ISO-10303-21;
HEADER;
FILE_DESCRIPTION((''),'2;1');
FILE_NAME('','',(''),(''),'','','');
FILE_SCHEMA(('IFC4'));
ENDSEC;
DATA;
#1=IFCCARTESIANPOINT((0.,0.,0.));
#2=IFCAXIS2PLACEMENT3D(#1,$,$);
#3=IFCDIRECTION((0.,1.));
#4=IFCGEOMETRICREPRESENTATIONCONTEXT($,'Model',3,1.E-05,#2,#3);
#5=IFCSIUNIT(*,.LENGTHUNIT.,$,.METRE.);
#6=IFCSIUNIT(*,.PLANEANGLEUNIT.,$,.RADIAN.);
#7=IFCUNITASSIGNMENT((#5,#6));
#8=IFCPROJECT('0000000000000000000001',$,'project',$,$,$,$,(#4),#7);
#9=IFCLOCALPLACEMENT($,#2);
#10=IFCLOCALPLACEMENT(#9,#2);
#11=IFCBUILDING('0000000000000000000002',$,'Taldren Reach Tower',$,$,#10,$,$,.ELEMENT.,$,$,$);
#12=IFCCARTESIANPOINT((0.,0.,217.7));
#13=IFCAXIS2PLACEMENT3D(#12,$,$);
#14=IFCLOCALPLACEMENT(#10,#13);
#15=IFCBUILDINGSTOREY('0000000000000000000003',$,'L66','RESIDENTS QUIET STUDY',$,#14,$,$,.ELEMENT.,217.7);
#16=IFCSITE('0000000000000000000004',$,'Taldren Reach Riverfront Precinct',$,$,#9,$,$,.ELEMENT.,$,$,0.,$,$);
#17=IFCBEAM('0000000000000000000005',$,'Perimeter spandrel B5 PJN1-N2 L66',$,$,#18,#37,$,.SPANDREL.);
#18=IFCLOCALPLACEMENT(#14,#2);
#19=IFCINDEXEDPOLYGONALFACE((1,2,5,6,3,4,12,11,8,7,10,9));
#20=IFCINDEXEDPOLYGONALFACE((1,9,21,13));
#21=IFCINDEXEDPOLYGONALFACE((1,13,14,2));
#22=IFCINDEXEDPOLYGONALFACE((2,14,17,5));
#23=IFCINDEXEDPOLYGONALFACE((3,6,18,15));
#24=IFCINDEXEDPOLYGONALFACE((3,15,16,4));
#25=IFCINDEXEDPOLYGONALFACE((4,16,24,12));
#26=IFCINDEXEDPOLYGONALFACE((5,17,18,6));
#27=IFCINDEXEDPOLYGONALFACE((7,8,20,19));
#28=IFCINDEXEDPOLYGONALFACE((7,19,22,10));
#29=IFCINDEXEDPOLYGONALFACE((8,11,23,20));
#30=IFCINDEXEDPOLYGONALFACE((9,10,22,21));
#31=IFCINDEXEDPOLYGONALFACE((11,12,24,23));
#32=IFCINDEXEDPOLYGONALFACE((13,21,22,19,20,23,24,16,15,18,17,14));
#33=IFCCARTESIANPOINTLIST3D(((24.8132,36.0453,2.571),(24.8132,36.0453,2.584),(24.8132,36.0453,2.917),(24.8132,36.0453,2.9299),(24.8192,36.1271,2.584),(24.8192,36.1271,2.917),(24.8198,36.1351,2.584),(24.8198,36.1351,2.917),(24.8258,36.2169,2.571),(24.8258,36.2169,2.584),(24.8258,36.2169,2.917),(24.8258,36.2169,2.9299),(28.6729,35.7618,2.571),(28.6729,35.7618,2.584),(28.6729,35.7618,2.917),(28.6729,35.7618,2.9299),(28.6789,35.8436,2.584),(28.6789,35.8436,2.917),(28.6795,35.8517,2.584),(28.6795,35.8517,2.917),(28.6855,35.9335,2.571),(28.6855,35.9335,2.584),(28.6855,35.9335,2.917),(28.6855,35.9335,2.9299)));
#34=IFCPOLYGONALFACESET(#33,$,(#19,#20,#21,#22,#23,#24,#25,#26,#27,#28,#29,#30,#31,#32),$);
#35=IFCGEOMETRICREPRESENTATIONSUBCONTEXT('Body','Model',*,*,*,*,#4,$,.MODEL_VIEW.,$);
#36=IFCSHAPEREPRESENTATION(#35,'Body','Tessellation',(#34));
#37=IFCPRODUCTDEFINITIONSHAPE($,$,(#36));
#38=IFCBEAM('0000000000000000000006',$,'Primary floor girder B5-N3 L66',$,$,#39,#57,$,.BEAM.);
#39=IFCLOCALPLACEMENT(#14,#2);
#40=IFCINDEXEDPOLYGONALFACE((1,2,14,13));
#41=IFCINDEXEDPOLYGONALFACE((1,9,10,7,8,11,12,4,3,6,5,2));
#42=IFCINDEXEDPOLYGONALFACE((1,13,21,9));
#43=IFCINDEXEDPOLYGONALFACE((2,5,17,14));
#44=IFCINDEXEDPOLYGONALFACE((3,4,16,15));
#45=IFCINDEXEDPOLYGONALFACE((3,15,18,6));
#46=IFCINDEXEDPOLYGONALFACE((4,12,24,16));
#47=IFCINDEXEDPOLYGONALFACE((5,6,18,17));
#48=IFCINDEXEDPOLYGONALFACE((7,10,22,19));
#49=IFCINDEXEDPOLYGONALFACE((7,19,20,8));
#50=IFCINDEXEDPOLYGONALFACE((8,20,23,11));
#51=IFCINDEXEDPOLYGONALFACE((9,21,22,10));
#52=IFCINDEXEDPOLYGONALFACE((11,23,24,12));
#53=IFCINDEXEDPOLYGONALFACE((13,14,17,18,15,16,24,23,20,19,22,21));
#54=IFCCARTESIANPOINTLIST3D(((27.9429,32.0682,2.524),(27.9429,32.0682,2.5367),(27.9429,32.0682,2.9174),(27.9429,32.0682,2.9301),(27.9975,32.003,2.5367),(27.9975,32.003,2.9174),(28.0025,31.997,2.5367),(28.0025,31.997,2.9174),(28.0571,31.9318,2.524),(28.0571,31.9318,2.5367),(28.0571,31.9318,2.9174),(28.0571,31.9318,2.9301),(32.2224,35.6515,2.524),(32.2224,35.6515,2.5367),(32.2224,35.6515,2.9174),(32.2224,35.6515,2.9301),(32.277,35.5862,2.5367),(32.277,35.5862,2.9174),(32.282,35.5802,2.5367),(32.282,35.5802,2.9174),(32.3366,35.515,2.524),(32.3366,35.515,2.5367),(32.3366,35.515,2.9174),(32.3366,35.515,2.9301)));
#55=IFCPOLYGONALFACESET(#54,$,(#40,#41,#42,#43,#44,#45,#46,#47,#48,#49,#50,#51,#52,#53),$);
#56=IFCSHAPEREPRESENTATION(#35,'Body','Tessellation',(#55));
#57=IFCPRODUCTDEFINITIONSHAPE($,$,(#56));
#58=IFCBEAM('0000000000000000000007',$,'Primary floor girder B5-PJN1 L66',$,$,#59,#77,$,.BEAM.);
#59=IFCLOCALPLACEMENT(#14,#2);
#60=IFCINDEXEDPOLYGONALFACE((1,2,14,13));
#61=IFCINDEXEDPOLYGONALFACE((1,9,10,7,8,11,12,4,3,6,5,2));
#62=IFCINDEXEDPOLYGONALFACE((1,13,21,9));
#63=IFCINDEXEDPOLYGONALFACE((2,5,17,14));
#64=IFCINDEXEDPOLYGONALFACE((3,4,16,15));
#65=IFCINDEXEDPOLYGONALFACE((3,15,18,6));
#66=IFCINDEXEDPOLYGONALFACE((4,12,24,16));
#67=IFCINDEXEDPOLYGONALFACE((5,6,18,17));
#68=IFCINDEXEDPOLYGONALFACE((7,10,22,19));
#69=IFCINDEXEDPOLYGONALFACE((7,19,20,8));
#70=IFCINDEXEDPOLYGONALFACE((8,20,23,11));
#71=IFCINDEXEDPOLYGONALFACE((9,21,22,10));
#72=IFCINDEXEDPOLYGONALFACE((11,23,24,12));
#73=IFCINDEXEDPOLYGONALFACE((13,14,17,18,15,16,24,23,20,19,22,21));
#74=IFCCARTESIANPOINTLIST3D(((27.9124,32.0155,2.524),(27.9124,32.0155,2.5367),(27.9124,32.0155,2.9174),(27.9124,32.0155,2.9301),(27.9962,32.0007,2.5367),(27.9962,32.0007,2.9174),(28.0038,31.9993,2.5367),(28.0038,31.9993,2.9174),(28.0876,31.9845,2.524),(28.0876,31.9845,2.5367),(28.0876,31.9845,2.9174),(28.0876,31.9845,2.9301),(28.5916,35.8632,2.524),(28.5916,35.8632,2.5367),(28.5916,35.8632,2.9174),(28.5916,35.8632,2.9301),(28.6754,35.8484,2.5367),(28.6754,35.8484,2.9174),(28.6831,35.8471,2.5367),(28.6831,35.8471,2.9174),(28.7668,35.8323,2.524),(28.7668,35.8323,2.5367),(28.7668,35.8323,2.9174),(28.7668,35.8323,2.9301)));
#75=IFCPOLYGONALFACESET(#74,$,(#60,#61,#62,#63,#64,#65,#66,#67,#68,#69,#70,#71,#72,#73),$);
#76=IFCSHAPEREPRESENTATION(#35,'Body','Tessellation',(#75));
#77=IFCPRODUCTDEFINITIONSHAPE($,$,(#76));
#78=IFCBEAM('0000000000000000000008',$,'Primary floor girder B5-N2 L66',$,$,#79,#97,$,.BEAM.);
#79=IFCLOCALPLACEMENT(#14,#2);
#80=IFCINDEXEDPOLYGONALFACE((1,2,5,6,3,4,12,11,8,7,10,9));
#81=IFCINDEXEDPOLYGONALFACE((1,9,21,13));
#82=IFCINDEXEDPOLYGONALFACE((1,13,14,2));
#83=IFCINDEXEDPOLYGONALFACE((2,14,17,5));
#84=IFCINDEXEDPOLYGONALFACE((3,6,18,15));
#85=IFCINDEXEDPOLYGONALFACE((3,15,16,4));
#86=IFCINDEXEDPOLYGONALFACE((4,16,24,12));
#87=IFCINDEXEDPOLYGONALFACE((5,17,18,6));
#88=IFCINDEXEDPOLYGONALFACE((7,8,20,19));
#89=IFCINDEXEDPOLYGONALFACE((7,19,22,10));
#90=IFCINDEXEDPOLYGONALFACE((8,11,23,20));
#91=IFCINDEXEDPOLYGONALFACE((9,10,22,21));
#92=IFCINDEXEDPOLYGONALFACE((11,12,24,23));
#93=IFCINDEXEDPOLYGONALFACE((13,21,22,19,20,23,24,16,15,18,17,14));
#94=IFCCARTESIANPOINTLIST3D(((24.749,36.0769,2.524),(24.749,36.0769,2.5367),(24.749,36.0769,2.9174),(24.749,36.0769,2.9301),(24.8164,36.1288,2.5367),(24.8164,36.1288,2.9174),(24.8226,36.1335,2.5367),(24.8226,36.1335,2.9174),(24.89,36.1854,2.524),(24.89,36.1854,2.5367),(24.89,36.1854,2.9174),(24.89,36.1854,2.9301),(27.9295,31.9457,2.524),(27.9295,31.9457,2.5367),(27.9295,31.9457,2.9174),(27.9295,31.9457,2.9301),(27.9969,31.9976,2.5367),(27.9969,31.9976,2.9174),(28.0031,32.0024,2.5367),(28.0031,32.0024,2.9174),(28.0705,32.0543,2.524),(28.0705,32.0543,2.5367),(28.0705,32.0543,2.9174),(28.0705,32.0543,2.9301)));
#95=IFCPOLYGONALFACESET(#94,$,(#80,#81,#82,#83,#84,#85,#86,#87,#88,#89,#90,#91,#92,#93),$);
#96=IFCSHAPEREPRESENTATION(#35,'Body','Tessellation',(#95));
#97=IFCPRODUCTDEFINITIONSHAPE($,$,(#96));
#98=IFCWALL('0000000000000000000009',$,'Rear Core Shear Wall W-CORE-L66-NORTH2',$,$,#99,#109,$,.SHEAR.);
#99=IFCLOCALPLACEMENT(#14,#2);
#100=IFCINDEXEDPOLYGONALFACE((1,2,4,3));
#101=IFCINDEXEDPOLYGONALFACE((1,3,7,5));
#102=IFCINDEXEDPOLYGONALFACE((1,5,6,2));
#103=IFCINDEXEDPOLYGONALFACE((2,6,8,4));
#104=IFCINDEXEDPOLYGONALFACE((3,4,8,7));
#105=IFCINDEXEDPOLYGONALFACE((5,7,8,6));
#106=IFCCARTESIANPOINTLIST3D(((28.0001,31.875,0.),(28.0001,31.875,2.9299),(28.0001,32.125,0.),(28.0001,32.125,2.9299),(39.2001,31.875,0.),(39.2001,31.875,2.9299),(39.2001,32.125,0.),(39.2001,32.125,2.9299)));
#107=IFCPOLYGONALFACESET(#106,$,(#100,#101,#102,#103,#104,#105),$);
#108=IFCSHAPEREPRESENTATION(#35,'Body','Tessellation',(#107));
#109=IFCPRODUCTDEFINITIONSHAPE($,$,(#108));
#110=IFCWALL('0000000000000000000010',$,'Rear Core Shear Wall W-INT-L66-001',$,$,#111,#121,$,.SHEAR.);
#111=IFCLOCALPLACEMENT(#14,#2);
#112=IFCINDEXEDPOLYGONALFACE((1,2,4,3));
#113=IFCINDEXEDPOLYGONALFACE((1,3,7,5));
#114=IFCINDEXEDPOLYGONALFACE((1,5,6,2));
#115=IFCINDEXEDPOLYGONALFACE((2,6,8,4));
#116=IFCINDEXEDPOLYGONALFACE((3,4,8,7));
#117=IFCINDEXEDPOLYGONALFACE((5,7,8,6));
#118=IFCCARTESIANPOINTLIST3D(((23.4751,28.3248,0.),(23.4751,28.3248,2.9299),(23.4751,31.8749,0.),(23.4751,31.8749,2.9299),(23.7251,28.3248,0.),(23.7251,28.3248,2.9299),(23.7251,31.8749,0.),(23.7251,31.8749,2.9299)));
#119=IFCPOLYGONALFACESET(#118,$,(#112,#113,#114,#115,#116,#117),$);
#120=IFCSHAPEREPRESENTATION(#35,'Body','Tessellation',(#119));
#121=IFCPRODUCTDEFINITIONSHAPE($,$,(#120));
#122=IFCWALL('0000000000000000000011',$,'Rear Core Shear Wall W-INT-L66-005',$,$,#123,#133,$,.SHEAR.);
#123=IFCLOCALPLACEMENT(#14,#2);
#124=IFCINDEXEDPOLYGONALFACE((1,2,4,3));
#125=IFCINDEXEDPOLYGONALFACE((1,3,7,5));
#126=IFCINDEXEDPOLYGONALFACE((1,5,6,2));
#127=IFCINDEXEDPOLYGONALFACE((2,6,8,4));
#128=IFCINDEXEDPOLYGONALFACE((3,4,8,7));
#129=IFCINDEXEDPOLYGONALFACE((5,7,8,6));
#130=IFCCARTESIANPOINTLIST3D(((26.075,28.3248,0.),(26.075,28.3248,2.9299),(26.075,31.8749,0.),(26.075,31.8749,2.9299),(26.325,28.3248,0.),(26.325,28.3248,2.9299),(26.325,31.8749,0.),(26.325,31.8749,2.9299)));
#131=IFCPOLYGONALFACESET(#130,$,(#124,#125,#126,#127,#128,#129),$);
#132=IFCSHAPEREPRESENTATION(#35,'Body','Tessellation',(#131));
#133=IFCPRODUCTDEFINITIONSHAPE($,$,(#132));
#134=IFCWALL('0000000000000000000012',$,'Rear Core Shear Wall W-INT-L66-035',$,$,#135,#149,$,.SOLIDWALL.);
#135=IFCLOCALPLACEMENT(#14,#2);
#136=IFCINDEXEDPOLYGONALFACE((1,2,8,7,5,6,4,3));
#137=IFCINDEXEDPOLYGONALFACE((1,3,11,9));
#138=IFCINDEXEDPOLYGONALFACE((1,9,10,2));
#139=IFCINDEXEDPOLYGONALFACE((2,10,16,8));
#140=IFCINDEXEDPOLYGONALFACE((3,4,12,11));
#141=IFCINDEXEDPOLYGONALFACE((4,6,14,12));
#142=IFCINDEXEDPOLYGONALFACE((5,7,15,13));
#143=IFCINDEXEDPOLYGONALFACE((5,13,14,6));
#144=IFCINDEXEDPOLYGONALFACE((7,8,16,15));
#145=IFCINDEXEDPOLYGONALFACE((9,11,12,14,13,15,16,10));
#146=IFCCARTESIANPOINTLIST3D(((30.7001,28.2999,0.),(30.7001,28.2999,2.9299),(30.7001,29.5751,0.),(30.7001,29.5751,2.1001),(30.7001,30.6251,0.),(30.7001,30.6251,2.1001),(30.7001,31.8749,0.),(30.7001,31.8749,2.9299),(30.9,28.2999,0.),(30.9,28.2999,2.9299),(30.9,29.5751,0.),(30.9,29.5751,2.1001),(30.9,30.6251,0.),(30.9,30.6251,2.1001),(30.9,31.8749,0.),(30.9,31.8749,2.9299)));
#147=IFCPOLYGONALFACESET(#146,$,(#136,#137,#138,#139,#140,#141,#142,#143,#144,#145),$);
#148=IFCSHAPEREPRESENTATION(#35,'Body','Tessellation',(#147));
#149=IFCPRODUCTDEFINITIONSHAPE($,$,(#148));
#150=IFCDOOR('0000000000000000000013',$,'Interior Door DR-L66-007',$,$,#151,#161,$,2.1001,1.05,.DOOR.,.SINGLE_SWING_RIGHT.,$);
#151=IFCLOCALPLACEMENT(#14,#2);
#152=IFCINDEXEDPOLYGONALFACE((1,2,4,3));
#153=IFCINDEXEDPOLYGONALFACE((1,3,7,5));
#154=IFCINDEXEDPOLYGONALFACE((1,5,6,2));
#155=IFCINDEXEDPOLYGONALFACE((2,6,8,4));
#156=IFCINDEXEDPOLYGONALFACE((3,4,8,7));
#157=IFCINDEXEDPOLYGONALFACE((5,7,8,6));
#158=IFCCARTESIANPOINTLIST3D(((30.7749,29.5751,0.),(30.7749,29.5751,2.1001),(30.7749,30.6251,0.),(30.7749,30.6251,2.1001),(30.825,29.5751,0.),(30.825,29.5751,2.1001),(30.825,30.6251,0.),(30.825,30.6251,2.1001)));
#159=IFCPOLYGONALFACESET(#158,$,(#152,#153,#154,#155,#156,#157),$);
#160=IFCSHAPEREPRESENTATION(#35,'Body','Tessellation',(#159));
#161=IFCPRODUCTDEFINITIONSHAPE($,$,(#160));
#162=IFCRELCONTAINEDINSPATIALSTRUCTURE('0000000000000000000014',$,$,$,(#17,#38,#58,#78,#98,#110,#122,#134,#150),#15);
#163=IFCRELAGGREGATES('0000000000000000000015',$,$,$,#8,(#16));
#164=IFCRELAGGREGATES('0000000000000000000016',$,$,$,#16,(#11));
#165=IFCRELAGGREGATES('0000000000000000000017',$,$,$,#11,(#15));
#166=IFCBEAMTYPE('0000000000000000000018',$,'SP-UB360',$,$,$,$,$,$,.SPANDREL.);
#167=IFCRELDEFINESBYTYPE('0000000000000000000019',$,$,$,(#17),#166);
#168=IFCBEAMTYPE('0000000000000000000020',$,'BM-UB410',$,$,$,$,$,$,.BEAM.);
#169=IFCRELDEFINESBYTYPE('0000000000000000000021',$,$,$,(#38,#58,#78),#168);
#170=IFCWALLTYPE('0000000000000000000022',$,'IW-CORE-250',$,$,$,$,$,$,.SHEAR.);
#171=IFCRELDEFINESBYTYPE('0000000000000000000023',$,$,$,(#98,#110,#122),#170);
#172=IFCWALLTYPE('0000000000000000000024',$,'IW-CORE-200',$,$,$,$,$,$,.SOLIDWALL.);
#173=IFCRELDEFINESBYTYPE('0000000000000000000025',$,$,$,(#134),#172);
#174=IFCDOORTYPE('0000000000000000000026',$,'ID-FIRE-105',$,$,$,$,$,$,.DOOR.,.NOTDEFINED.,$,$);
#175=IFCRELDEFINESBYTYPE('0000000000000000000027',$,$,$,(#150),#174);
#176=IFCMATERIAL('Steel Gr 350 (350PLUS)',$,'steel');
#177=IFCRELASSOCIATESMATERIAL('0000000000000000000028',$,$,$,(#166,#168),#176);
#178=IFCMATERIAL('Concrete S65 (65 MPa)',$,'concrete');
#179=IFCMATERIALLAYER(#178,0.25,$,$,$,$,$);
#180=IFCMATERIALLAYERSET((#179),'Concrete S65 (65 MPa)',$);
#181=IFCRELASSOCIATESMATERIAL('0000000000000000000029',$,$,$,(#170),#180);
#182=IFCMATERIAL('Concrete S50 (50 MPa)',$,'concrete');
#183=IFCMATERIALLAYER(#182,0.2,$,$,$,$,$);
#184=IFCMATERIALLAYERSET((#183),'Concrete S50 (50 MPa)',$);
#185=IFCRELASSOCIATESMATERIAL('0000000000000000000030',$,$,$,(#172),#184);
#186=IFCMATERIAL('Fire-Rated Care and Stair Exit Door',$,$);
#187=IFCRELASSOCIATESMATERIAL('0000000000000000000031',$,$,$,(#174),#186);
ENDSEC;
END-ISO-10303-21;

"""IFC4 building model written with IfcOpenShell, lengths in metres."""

from ifc_helpers import new_model, si_unit, direction, frame, frame_2d, origin, origin_2d, place, context, subcontext, project, spatial, rectangle, i_section, extrude, source, transform, mapped, material, layer, layer_set, material_profile, profile_set, type_object, element, fill, save


model = new_model("IFC4")

# Units and contexts
model_context = context("Model", 3, precision=1e-05, world=origin(), true_north=direction((0.0, 1.0)))
body_context = subcontext(model_context, "Body", "Model", "MODEL_VIEW")
ifc_project = project(units=[si_unit("LENGTHUNIT", "METRE"), si_unit("PLANEANGLEUNIT", "RADIAN")], contexts=[model_context])

# Site, building, storey
site_placement = place(None, origin())
site = spatial("IfcSite", under=ifc_project, at=site_placement, Name="Taldren Reach Riverfront Precinct", CompositionType="ELEMENT", RefElevation=0.0)
building_placement = place(site_placement, origin())
building = spatial("IfcBuilding", under=site, at=building_placement, Name="Taldren Reach Tower", CompositionType="ELEMENT")
storey_placement = place(building_placement, frame((0.0, 0.0, 217.7)))
storey = spatial("IfcBuildingStorey", under=building, at=storey_placement, Name="L66", Description="RESIDENTS QUIET STUDY", CompositionType="ELEMENT", Elevation=217.7)

# Shared definitions
ifc_material_1 = material(Name="Steel Gr 350 (350PLUS)", Category="steel")

# Beams
ifc_material_profile_1 = material_profile(ifc_material_1, i_section(OverallWidth=0.1721, OverallDepth=0.3589, WebThickness=0.0081, FlangeThickness=0.0129, at=origin_2d()), Name="360UB56.7")
ifc_profile_set_1 = profile_set([ifc_material_profile_1], Name="Steel Gr 350 (350PLUS)")
beam_type_1 = type_object("IfcBeamType", Name="SP-UB360", PredefinedType="SPANDREL", material=ifc_profile_set_1)
shared_shape_1 = source(origin(), body_context, "Body", "SweptSolid", [
    extrude(i_section(OverallWidth=0.1721, OverallDepth=0.3589, WebThickness=0.0081, FlangeThickness=0.0129, at=origin_2d()), origin(), (0.0, 0.0, 1.0), 3.8701),
])
beam_1_placement = place(storey_placement, frame((28.6792, 35.8477, 2.7505), z_axis=(-0.997314, 0.073242, 0.0), x_axis=(-0.073242, -0.997314, 0.0)))
element("IfcBeam", 1, at=beam_1_placement, inside=storey, type_object=beam_type_1, Name="Perimeter spandrel B5 PJN1-N2 L66", PredefinedType="SPANDREL", context=body_context, shape_type="MappedRepresentation", body=[
    mapped(shared_shape_1, transform((0.0, 0.0, 0.0), scale=1.0)),
])
ifc_material_profile_2 = material_profile(ifc_material_1, i_section(OverallWidth=0.178, OverallDepth=0.406, WebThickness=0.0078, FlangeThickness=0.0127, at=origin_2d()), Name="410UB59.7")
ifc_profile_set_2 = profile_set([ifc_material_profile_2], Name="Steel Gr 350 (350PLUS)")
beam_type_2 = type_object("IfcBeamType", Name="BM-UB410", PredefinedType="BEAM", material=ifc_profile_set_2)
shared_shape_2 = source(origin(), body_context, "Body", "SweptSolid", [
    extrude(i_section(OverallWidth=0.178, OverallDepth=0.406, WebThickness=0.0078, FlangeThickness=0.0127, at=origin_2d()), origin(), (0.0, 0.0, 1.0), 5.5815),
])
beam_2_placement = place(storey_placement, frame((28.0, 32.0, 2.7271), z_axis=(0.766724, 0.641977, 0.0), x_axis=(-0.641977, 0.766724, 0.0)))
element("IfcBeam", 2, at=beam_2_placement, inside=storey, type_object=beam_type_2, Name="Primary floor girder B5-N3 L66", PredefinedType="BEAM", context=body_context, shape_type="MappedRepresentation", body=[
    mapped(shared_shape_2, transform((0.0, 0.0, 0.0), scale=1.0)),
])
shared_shape_3 = source(origin(), body_context, "Body", "SweptSolid", [
    extrude(i_section(OverallWidth=0.178, OverallDepth=0.406, WebThickness=0.0078, FlangeThickness=0.0127, at=origin_2d()), origin(), (0.0, 0.0, 1.0), 3.9072),
])
beam_3_placement = place(storey_placement, frame((28.0, 32.0, 2.7271), z_axis=(0.173835, 0.984775, 0.0), x_axis=(-0.984775, 0.173835, 0.0)))
element("IfcBeam", 3, at=beam_3_placement, inside=storey, type_object=beam_type_2, Name="Primary floor girder B5-PJN1 L66", PredefinedType="BEAM", context=body_context, shape_type="MappedRepresentation", body=[
    mapped(shared_shape_3, transform((0.0, 0.0, 0.0), scale=1.0)),
])
shared_shape_4 = source(origin(), body_context, "Body", "SweptSolid", [
    extrude(i_section(OverallWidth=0.178, OverallDepth=0.406, WebThickness=0.0078, FlangeThickness=0.0127, at=origin_2d()), origin(), (0.0, 0.0, 1.0), 5.2136),
])
beam_4_placement = place(storey_placement, frame((28.0, 32.0, 2.7271), z_axis=(-0.61003, 0.792378, 0.0), x_axis=(-0.792378, -0.61003, 0.0)))
element("IfcBeam", 4, at=beam_4_placement, inside=storey, type_object=beam_type_2, Name="Primary floor girder B5-N2 L66", PredefinedType="BEAM", context=body_context, shape_type="MappedRepresentation", body=[
    mapped(shared_shape_4, transform((0.0, 0.0, 0.0), scale=1.0)),
])

# Walls
ifc_material_2 = material(Name="Concrete S65 (65 MPa)", Category="concrete")
ifc_layer_1 = layer(ifc_material_2, 0.25)
ifc_layer_set_1 = layer_set([ifc_layer_1], Name="Concrete S65 (65 MPa)")
wall_type_1 = type_object("IfcWallType", Name="IW-CORE-250", PredefinedType="SHEAR", material=ifc_layer_set_1)
shared_shape_5 = source(origin(), body_context, "Body", "SweptSolid", [
    extrude(rectangle(XDim=11.2, YDim=0.25, at=frame_2d((5.6001, 0.0))), origin(), (0.0, 0.0, 1.0), 2.9299),
])
wall_1_placement = place(storey_placement, frame((28.0, 32.0, 0.0), z_axis=(0.0, 0.0, 1.0), x_axis=(1.0, 0.0, 0.0)))
element("IfcWall", 5, at=wall_1_placement, inside=storey, type_object=wall_type_1, Name="Rear Core Shear Wall W-CORE-L66-NORTH2", PredefinedType="SHEAR", context=body_context, shape_type="MappedRepresentation", body=[
    mapped(shared_shape_5, transform((0.0, 0.0, 0.0), scale=1.0)),
])
shared_shape_6 = source(origin(), body_context, "Body", "SweptSolid", [
    extrude(rectangle(XDim=3.55, YDim=0.25, at=frame_2d((1.7749, 0.0))), origin(), (0.0, 0.0, 1.0), 2.9299),
])
for number, where, z_axis, x_axis, name in (
    (6, (23.6001, 28.325, 0.0), (0.0, 0.0, 1.0), (0.0, 1.0, 0.0), "Rear Core Shear Wall W-INT-L66-001"),
    (7, (26.2, 28.325, 0.0), (0.0, 0.0, 1.0), (0.0, 1.0, 0.0), "Rear Core Shear Wall W-INT-L66-005"),
):
    element("IfcWall", number, at=place(storey_placement, frame(where, z_axis=z_axis, x_axis=x_axis)), inside=storey, type_object=wall_type_1, Name=name, PredefinedType="SHEAR", context=body_context, shape_type="MappedRepresentation", body=[
        mapped(shared_shape_6, transform((0.0, 0.0, 0.0), scale=1.0)),
    ])

# Wall, opening, door
ifc_material_3 = material(Name="Concrete S50 (50 MPa)", Category="concrete")
ifc_layer_2 = layer(ifc_material_3, 0.2)
ifc_layer_set_2 = layer_set([ifc_layer_2], Name="Concrete S50 (50 MPa)")
wall_type_2 = type_object("IfcWallType", Name="IW-CORE-200", PredefinedType="SOLIDWALL", material=ifc_layer_set_2)
shared_shape_7 = source(origin(), body_context, "Body", "SweptSolid", [
    extrude(rectangle(XDim=3.575, YDim=0.2, at=frame_2d((1.7876, 0.0))), origin(), (0.0, 0.0, 1.0), 2.9299),
])
wall_2_placement = place(storey_placement, frame((30.8, 31.875, 0.0), z_axis=(0.0, 0.0, 1.0), x_axis=(0.0, -1.0, 0.0)))
wall_2 = element("IfcWall", 8, at=wall_2_placement, inside=storey, type_object=wall_type_2, Name="Rear Core Shear Wall W-INT-L66-035", PredefinedType="SOLIDWALL", context=body_context, shape_type="MappedRepresentation", body=[
    mapped(shared_shape_7, transform((0.0, 0.0, 0.0), scale=1.0)),
])
shared_shape_8 = source(origin(), body_context, "Body", "SweptSolid", [
    extrude(rectangle(XDim=1.05, YDim=2.1001, at=frame_2d((0.5249, 1.05))), frame((0.0, 0.1099, 0.0), z_axis=(0.0, -1.0, 0.0), x_axis=(1.0, 0.0, 0.0)), (0.0, 0.0, 1.0), 0.22),
])
opening_placement = place(wall_2_placement, frame((1.25, 0.0, 0.0)))
opening = element("IfcOpeningElement", 9, at=opening_placement, cuts=wall_2, PredefinedType="OPENING", context=body_context, shape_type="MappedRepresentation", body=[
    mapped(shared_shape_8, transform((0.0, 0.0, 0.0), scale=1.0)),
])
ifc_material_4 = material(Name="Fire-Rated Care and Stair Exit Door")
door_type = type_object("IfcDoorType", Name="ID-FIRE-105", OperationType="NOTDEFINED", PredefinedType="DOOR", material=ifc_material_4)
shared_shape_9 = source(origin(), body_context, "Body", "SweptSolid", [
    extrude(rectangle(XDim=1.05, YDim=2.1001, at=frame_2d((0.5249, 1.05))), frame((0.0, 0.0249, 0.0), z_axis=(0.0, -1.0, 0.0), x_axis=(1.0, 0.0, 0.0)), (0.0, 0.0, 1.0), 0.05),
])
door_placement = place(opening_placement, origin())
door = element("IfcDoor", 10, at=door_placement, inside=storey, type_object=door_type, Name="Interior Door DR-L66-007", OperationType="SINGLE_SWING_RIGHT", OverallHeight=2.1001, OverallWidth=1.05, PredefinedType="DOOR", context=body_context, shape_type="MappedRepresentation", body=[
    mapped(shared_shape_9, transform((0.0, 0.0, 0.0), scale=1.0)),
])
fill(opening, door)

save(model, "model.ifc")
